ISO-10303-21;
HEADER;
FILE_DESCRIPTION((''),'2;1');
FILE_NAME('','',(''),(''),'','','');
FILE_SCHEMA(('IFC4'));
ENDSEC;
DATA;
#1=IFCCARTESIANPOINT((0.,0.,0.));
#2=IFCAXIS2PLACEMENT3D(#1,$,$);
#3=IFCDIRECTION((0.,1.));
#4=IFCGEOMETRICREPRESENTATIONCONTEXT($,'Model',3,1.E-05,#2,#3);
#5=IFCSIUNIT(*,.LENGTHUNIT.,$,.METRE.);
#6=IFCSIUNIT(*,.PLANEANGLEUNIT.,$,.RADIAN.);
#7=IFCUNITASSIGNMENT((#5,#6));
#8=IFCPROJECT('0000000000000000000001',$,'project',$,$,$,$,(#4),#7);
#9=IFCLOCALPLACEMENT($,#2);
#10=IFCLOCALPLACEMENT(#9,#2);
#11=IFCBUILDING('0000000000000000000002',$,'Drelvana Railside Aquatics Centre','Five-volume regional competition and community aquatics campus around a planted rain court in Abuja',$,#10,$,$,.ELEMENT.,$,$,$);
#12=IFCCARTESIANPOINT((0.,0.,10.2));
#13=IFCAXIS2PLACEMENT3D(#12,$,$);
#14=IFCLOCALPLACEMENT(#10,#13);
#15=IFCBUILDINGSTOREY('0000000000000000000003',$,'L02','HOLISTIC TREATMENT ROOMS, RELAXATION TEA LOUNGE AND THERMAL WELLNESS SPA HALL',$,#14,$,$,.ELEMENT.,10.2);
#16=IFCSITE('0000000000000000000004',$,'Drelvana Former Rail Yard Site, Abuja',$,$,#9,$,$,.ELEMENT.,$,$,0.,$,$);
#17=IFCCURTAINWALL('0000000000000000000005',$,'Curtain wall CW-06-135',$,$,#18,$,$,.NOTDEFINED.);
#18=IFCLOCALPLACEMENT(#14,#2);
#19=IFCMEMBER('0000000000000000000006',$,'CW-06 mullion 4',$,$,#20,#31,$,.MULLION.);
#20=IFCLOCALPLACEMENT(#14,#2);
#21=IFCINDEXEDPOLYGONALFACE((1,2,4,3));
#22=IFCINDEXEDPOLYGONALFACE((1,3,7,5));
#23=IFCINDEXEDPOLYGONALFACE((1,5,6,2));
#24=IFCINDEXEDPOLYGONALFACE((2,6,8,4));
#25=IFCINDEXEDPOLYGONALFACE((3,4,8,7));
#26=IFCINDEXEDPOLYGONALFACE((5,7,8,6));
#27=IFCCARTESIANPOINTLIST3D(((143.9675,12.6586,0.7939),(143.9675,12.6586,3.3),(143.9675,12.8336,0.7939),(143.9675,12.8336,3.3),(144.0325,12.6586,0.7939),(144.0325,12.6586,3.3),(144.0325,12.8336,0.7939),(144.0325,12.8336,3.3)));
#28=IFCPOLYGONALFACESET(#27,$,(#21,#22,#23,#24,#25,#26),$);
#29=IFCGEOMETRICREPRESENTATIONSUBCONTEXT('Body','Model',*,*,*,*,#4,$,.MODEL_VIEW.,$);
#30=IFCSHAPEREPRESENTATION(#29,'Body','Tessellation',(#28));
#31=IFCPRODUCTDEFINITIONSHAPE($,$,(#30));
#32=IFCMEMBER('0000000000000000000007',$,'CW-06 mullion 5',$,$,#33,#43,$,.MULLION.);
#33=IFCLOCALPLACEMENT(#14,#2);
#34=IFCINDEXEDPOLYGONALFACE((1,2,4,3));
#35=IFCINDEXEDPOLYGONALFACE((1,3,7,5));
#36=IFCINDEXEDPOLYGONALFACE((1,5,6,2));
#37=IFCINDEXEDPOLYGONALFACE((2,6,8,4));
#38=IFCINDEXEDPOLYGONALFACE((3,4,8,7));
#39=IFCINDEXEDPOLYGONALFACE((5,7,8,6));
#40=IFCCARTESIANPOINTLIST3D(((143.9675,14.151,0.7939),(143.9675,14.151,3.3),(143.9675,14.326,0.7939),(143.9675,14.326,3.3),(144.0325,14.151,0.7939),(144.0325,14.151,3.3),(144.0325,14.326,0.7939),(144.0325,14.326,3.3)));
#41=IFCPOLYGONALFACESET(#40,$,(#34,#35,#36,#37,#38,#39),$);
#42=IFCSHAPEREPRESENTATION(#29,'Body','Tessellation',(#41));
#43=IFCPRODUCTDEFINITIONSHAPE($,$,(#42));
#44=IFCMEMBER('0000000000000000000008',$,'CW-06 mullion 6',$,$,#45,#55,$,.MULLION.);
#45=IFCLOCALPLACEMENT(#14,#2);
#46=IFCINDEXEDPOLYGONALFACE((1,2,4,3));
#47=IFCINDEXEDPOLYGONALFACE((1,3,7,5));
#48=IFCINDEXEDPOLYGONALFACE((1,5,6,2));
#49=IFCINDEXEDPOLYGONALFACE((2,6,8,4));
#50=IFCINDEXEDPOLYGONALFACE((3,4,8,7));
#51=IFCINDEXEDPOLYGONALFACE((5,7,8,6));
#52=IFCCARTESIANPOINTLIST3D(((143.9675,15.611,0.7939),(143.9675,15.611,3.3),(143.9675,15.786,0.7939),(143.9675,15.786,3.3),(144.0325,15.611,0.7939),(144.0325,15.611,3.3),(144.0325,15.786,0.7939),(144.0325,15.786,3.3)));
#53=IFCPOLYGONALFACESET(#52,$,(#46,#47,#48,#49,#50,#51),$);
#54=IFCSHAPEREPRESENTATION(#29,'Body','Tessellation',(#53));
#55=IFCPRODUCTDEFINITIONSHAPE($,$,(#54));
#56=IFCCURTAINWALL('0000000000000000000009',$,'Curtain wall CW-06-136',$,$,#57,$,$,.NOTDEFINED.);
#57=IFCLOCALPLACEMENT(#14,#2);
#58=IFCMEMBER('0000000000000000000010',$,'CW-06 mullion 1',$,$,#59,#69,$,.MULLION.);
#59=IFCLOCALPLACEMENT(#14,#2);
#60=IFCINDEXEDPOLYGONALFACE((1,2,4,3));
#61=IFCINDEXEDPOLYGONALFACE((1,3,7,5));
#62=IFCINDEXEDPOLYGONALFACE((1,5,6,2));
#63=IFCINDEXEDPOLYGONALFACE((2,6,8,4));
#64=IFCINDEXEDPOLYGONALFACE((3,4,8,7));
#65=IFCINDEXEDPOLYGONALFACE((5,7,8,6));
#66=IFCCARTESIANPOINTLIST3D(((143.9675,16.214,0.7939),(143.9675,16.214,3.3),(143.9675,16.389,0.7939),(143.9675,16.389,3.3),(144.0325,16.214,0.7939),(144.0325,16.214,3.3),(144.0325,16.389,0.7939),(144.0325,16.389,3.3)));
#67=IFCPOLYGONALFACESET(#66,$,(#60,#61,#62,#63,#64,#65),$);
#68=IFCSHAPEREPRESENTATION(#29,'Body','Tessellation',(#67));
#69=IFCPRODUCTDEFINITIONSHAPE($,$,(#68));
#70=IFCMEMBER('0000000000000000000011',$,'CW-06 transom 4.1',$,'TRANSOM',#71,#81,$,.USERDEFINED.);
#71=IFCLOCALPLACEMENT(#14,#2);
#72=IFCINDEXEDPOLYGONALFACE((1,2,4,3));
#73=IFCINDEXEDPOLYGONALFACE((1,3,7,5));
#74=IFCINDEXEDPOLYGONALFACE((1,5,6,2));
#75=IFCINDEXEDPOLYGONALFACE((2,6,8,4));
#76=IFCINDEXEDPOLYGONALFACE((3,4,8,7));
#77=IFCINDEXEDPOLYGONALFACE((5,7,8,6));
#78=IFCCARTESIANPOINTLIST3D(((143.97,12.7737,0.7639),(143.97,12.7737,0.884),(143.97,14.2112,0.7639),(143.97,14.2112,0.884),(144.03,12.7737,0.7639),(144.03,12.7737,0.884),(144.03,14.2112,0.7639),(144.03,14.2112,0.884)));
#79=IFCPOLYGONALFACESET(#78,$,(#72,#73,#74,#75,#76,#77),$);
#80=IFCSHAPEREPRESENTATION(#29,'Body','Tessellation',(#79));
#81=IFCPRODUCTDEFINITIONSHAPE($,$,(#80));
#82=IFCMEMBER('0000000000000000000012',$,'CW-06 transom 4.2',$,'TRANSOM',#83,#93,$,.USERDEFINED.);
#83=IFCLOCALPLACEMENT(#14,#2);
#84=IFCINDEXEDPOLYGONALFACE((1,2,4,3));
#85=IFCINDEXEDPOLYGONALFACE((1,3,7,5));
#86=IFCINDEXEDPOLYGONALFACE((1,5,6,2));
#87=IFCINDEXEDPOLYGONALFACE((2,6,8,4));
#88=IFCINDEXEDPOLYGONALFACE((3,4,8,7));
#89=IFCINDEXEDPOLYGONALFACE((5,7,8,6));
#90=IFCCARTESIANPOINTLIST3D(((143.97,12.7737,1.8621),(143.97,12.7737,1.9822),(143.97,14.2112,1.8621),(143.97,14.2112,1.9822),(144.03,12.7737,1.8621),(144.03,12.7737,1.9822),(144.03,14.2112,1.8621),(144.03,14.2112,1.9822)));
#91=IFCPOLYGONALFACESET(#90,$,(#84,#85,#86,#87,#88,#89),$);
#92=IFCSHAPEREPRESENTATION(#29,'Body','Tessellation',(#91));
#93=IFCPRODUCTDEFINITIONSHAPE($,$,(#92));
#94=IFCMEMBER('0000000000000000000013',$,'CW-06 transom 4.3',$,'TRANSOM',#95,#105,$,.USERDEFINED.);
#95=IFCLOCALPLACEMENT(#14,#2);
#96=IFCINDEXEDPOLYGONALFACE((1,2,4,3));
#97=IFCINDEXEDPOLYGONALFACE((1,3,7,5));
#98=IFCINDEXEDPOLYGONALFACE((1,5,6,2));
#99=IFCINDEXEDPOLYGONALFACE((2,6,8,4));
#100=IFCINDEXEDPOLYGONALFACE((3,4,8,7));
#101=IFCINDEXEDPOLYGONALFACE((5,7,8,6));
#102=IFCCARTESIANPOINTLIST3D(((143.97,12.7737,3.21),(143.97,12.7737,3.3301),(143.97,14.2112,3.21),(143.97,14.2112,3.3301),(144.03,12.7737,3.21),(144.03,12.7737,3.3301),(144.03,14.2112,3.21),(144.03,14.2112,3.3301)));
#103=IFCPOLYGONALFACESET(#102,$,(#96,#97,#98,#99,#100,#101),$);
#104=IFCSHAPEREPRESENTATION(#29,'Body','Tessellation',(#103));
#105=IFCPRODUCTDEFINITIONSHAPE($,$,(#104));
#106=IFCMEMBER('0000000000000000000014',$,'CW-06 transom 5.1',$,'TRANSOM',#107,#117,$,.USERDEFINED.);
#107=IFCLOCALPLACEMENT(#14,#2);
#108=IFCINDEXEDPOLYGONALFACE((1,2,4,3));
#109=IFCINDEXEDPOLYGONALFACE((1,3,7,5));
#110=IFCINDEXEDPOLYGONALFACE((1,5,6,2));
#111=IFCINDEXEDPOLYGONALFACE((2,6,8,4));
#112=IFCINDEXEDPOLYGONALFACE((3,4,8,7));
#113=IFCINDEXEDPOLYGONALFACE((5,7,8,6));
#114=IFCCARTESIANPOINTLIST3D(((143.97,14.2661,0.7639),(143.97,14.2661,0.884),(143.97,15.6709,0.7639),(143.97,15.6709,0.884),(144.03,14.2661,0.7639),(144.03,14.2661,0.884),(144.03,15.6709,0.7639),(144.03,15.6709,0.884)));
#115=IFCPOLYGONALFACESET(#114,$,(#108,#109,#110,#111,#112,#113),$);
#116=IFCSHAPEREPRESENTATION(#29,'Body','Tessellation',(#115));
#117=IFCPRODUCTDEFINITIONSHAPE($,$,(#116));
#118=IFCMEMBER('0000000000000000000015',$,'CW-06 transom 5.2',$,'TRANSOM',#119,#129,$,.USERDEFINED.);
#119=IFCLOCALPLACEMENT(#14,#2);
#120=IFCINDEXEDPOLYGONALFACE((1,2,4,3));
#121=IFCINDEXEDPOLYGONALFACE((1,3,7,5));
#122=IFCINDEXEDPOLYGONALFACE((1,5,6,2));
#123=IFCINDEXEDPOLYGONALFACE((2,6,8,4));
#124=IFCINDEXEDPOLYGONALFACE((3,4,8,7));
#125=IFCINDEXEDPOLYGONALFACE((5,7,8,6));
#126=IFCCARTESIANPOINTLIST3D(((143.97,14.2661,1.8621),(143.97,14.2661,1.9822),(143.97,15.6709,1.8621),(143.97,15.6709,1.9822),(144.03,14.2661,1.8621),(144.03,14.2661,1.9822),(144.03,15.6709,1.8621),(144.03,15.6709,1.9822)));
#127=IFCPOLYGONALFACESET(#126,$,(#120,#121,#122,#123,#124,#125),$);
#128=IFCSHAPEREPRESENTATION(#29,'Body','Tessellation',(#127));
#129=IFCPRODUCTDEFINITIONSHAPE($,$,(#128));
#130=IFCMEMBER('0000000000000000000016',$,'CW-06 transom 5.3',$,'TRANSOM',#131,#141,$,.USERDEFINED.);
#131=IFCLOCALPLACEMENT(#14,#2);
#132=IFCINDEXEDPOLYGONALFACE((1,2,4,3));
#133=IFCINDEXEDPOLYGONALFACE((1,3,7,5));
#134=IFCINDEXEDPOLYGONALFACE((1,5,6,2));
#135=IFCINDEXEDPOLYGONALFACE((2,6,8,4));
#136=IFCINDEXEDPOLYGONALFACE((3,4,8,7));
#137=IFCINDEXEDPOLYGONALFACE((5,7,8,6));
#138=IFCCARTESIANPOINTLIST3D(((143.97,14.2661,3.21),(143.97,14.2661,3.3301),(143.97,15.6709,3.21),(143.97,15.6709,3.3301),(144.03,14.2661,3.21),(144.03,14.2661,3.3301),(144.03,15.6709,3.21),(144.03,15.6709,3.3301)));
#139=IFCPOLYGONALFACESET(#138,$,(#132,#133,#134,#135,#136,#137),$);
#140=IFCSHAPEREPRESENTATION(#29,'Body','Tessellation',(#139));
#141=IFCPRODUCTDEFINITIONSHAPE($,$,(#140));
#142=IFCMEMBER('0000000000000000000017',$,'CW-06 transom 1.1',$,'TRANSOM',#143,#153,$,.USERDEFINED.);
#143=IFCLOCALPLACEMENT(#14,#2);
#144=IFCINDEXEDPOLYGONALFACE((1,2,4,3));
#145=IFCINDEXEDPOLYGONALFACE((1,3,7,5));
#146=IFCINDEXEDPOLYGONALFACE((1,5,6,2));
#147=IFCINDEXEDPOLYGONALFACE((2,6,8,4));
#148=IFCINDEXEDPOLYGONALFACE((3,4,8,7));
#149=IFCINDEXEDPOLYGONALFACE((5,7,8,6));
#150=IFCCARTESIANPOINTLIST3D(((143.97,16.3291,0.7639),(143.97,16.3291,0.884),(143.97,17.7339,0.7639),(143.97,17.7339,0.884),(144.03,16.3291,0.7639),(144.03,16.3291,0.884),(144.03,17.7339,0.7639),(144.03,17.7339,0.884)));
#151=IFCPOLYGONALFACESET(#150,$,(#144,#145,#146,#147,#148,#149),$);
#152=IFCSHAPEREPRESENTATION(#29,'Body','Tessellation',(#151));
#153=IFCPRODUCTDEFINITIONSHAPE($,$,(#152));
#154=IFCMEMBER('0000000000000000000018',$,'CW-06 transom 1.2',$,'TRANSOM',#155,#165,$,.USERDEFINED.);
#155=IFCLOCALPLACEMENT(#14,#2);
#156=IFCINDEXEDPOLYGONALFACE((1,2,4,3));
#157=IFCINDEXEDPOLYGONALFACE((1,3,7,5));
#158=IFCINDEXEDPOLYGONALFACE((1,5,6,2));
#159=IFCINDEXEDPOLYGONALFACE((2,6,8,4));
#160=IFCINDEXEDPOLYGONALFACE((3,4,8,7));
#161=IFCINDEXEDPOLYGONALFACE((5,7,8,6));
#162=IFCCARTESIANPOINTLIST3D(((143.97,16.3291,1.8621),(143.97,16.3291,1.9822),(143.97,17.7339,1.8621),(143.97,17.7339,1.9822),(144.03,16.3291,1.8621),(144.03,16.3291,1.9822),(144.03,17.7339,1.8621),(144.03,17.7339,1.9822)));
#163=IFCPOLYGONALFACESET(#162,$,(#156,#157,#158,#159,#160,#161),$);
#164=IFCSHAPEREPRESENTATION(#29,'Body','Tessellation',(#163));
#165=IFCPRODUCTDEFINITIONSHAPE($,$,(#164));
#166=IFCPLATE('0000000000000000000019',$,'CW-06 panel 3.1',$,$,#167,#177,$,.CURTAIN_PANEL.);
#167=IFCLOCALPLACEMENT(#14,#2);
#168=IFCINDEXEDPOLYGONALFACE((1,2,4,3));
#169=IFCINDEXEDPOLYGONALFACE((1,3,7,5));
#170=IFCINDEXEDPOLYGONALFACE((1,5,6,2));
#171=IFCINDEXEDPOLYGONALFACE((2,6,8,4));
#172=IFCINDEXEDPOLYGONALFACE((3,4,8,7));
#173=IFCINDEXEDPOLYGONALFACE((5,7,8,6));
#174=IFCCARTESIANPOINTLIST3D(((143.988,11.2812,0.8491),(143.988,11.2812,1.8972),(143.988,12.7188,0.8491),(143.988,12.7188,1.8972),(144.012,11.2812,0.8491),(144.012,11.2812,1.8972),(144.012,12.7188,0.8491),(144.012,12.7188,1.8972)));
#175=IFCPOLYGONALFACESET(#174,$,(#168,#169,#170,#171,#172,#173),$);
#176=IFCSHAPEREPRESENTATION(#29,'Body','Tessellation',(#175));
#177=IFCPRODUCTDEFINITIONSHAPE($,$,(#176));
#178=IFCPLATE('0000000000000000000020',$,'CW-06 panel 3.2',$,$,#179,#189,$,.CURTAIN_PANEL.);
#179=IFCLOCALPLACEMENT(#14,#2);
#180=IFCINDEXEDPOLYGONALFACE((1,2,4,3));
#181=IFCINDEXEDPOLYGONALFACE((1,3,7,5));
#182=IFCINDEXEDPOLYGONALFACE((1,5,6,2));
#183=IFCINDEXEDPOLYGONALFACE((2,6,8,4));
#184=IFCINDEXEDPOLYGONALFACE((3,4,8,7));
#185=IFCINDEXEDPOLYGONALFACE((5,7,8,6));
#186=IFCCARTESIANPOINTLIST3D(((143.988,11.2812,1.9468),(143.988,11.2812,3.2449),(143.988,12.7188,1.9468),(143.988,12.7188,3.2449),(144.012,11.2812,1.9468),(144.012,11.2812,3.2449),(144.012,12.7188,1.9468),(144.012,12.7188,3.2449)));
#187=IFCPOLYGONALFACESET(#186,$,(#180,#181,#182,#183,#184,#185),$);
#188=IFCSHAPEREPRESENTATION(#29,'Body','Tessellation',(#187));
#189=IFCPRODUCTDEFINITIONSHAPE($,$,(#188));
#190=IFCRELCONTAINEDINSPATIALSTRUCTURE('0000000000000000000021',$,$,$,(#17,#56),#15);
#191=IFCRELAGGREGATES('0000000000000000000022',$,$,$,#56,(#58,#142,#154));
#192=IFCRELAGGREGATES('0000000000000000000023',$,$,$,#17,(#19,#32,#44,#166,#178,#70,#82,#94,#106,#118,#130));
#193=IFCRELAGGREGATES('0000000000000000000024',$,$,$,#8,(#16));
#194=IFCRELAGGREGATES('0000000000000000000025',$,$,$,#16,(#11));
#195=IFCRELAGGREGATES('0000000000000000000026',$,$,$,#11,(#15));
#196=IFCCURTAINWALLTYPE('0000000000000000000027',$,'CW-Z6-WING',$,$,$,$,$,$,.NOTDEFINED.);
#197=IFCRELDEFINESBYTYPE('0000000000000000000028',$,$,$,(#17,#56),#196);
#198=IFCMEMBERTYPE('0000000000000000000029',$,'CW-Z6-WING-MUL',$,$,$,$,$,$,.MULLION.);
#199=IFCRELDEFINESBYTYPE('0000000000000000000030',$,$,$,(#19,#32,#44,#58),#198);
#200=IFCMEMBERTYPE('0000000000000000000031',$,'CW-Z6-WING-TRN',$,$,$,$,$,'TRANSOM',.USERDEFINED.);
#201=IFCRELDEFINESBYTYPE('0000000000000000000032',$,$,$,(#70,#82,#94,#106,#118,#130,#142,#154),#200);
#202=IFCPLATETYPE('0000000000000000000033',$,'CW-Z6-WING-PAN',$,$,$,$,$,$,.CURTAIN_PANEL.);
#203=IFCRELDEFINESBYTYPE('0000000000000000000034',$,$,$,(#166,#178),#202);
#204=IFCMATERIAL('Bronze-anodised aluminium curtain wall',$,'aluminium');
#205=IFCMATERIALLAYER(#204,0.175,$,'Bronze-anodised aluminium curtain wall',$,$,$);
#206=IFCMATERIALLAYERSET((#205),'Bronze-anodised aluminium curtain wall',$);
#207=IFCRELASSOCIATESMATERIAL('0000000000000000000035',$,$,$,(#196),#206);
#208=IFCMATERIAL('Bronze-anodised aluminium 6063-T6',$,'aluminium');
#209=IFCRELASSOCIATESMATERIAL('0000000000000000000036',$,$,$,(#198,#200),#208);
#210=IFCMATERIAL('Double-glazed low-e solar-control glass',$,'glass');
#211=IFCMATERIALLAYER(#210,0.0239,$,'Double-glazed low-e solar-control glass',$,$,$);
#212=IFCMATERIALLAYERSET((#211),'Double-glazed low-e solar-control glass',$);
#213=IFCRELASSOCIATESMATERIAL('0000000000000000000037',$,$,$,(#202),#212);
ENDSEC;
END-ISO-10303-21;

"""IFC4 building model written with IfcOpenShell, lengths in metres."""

from ifc_helpers import new_model, si_unit, direction, frame, origin, origin_2d, place, context, subcontext, project, spatial, rectangle, extrude, material, layer, layer_set, material_profile, profile_set, type_object, element, aggregate, save


model = new_model("IFC4")

# Units and contexts
model_context = context("Model", 3, precision=1e-05, world=origin(), true_north=direction((0.0, 1.0)))
body_context = subcontext(model_context, "Body", "Model", "MODEL_VIEW")
ifc_project = project(units=[si_unit("LENGTHUNIT", "METRE"), si_unit("PLANEANGLEUNIT", "RADIAN")], contexts=[model_context])

# Site, building, storey
site_placement = place(None, origin())
site = spatial("IfcSite", under=ifc_project, at=site_placement, Name="Drelvana Former Rail Yard Site, Abuja", CompositionType="ELEMENT", RefElevation=0.0)
building_placement = place(site_placement, origin())
building = spatial("IfcBuilding", under=site, at=building_placement, Name="Drelvana Railside Aquatics Centre", Description="Five-volume regional competition and community aquatics campus around a planted rain court in Abuja", CompositionType="ELEMENT")
storey_placement = place(building_placement, frame((0.0, 0.0, 10.2)))
storey = spatial("IfcBuildingStorey", under=building, at=storey_placement, Name="L02", Description="HOLISTIC TREATMENT ROOMS, RELAXATION TEA LOUNGE AND THERMAL WELLNESS SPA HALL", CompositionType="ELEMENT", Elevation=10.2)

# Curtain wall, members
ifc_material_1 = material(Name="Bronze-anodised aluminium curtain wall", Category="aluminium")
ifc_layer_1 = layer(ifc_material_1, 0.175, Name="Bronze-anodised aluminium curtain wall")
ifc_layer_set_1 = layer_set([ifc_layer_1], Name="Bronze-anodised aluminium curtain wall")
curtain_wall_type = type_object("IfcCurtainWallType", Name="CW-Z6-WING", PredefinedType="NOTDEFINED", material=ifc_layer_set_1)
curtain_wall_1_placement = place(storey_placement, origin())
curtain_wall_1 = element("IfcCurtainWall", 1, at=curtain_wall_1_placement, inside=storey, type_object=curtain_wall_type, Name="Curtain wall CW-06-135", PredefinedType="NOTDEFINED")
ifc_material_2 = material(Name="Bronze-anodised aluminium 6063-T6", Category="aluminium")
ifc_material_profile_1 = material_profile(ifc_material_2, rectangle(XDim=0.0649, YDim=0.175, at=origin_2d()), Name="ALU-M 65x175")
ifc_profile_set_1 = profile_set([ifc_material_profile_1], Name="Bronze-anodised aluminium 6063-T6")
member_type_1 = type_object("IfcMemberType", Name="CW-Z6-WING-MUL", PredefinedType="MULLION", material=ifc_profile_set_1)
member_1_placement = place(storey_placement, frame((144.0, 12.7461, 0.7939), z_axis=(0.0, 0.0, 1.0), x_axis=(-1.0, 0.0, 0.0)))
member_1 = element("IfcMember", 2, at=member_1_placement, type_object=member_type_1, Name="CW-06 mullion 4", PredefinedType="MULLION", context=body_context, shape_type="SweptSolid", body=[
    extrude(rectangle(XDim=0.0649, YDim=0.175, at=origin_2d()), origin(), (0.0, 0.0, 1.0), 2.5061),
])
member_2_placement = place(storey_placement, frame((144.0, 14.2385, 0.7939), z_axis=(0.0, 0.0, 1.0), x_axis=(-1.0, 0.0, 0.0)))
member_2 = element("IfcMember", 3, at=member_2_placement, type_object=member_type_1, Name="CW-06 mullion 5", PredefinedType="MULLION", context=body_context, shape_type="SweptSolid", body=[
    extrude(rectangle(XDim=0.0649, YDim=0.175, at=origin_2d()), origin(), (0.0, 0.0, 1.0), 2.5061),
])
member_3_placement = place(storey_placement, frame((144.0, 15.6985, 0.7939), z_axis=(0.0, 0.0, 1.0), x_axis=(-1.0, 0.0, 0.0)))
member_3 = element("IfcMember", 4, at=member_3_placement, type_object=member_type_1, Name="CW-06 mullion 6", PredefinedType="MULLION", context=body_context, shape_type="SweptSolid", body=[
    extrude(rectangle(XDim=0.0649, YDim=0.175, at=origin_2d()), origin(), (0.0, 0.0, 1.0), 2.5061),
])

# Curtain wall, member
curtain_wall_2_placement = place(storey_placement, origin())
curtain_wall_2 = element("IfcCurtainWall", 5, at=curtain_wall_2_placement, inside=storey, type_object=curtain_wall_type, Name="Curtain wall CW-06-136", PredefinedType="NOTDEFINED")
member_4_placement = place(storey_placement, frame((144.0, 16.3015, 0.7939), z_axis=(0.0, 0.0, 1.0), x_axis=(-1.0, 0.0, 0.0)))
member_4 = element("IfcMember", 6, at=member_4_placement, type_object=member_type_1, Name="CW-06 mullion 1", PredefinedType="MULLION", context=body_context, shape_type="SweptSolid", body=[
    extrude(rectangle(XDim=0.0649, YDim=0.175, at=origin_2d()), origin(), (0.0, 0.0, 1.0), 2.5061),
])

# Members
ifc_material_profile_2 = material_profile(ifc_material_2, rectangle(XDim=0.1201, YDim=0.0601, at=origin_2d()), Name="ALU-T 60x120")
ifc_profile_set_2 = profile_set([ifc_material_profile_2], Name="Bronze-anodised aluminium 6063-T6")
member_type_2 = type_object("IfcMemberType", Name="CW-Z6-WING-TRN", ElementType="TRANSOM", PredefinedType="USERDEFINED", material=ifc_profile_set_2)
member_5_placement = place(storey_placement, frame((144.0, 12.7737, 0.824), z_axis=(0.0, 1.0, 0.0), x_axis=(0.0, 0.0, 1.0)))
member_5 = element("IfcMember", 7, at=member_5_placement, type_object=member_type_2, Name="CW-06 transom 4.1", ObjectType="TRANSOM", PredefinedType="USERDEFINED", context=body_context, shape_type="SweptSolid", body=[
    extrude(rectangle(XDim=0.1201, YDim=0.0601, at=origin_2d()), origin(), (0.0, 0.0, 1.0), 1.4375),
])
member_6_placement = place(storey_placement, frame((144.0, 12.7737, 1.9221), z_axis=(0.0, 1.0, 0.0), x_axis=(0.0, 0.0, 1.0)))
member_6 = element("IfcMember", 8, at=member_6_placement, type_object=member_type_2, Name="CW-06 transom 4.2", ObjectType="TRANSOM", PredefinedType="USERDEFINED", context=body_context, shape_type="SweptSolid", body=[
    extrude(rectangle(XDim=0.1201, YDim=0.0601, at=origin_2d()), origin(), (0.0, 0.0, 1.0), 1.4375),
])
member_7_placement = place(storey_placement, frame((144.0, 12.7737, 3.27), z_axis=(0.0, 1.0, 0.0), x_axis=(0.0, 0.0, 1.0)))
member_7 = element("IfcMember", 9, at=member_7_placement, type_object=member_type_2, Name="CW-06 transom 4.3", ObjectType="TRANSOM", PredefinedType="USERDEFINED", context=body_context, shape_type="SweptSolid", body=[
    extrude(rectangle(XDim=0.1201, YDim=0.0601, at=origin_2d()), origin(), (0.0, 0.0, 1.0), 1.4375),
])
member_8_placement = place(storey_placement, frame((144.0, 14.2661, 0.824), z_axis=(0.0, 1.0, 0.0), x_axis=(0.0, 0.0, 1.0)))
member_8 = element("IfcMember", 10, at=member_8_placement, type_object=member_type_2, Name="CW-06 transom 5.1", ObjectType="TRANSOM", PredefinedType="USERDEFINED", context=body_context, shape_type="SweptSolid", body=[
    extrude(rectangle(XDim=0.1201, YDim=0.0601, at=origin_2d()), origin(), (0.0, 0.0, 1.0), 1.4048),
])
member_9_placement = place(storey_placement, frame((144.0, 14.2661, 1.9221), z_axis=(0.0, 1.0, 0.0), x_axis=(0.0, 0.0, 1.0)))
member_9 = element("IfcMember", 11, at=member_9_placement, type_object=member_type_2, Name="CW-06 transom 5.2", ObjectType="TRANSOM", PredefinedType="USERDEFINED", context=body_context, shape_type="SweptSolid", body=[
    extrude(rectangle(XDim=0.1201, YDim=0.0601, at=origin_2d()), origin(), (0.0, 0.0, 1.0), 1.4048),
])
member_10_placement = place(storey_placement, frame((144.0, 14.2661, 3.27), z_axis=(0.0, 1.0, 0.0), x_axis=(0.0, 0.0, 1.0)))
member_10 = element("IfcMember", 12, at=member_10_placement, type_object=member_type_2, Name="CW-06 transom 5.3", ObjectType="TRANSOM", PredefinedType="USERDEFINED", context=body_context, shape_type="SweptSolid", body=[
    extrude(rectangle(XDim=0.1201, YDim=0.0601, at=origin_2d()), origin(), (0.0, 0.0, 1.0), 1.4048),
])
member_11_placement = place(storey_placement, frame((144.0, 16.3291, 0.824), z_axis=(0.0, 1.0, 0.0), x_axis=(0.0, 0.0, 1.0)))
member_11 = element("IfcMember", 13, at=member_11_placement, type_object=member_type_2, Name="CW-06 transom 1.1", ObjectType="TRANSOM", PredefinedType="USERDEFINED", context=body_context, shape_type="SweptSolid", body=[
    extrude(rectangle(XDim=0.1201, YDim=0.0601, at=origin_2d()), origin(), (0.0, 0.0, 1.0), 1.4048),
])
member_12_placement = place(storey_placement, frame((144.0, 16.3291, 1.9221), z_axis=(0.0, 1.0, 0.0), x_axis=(0.0, 0.0, 1.0)))
member_12 = element("IfcMember", 14, at=member_12_placement, type_object=member_type_2, Name="CW-06 transom 1.2", ObjectType="TRANSOM", PredefinedType="USERDEFINED", context=body_context, shape_type="SweptSolid", body=[
    extrude(rectangle(XDim=0.1201, YDim=0.0601, at=origin_2d()), origin(), (0.0, 0.0, 1.0), 1.4048),
])
aggregate(curtain_wall_2, [member_4, member_11, member_12])

# Plates
ifc_material_3 = material(Name="Double-glazed low-e solar-control glass", Category="glass")
ifc_layer_2 = layer(ifc_material_3, 0.0239, Name="Double-glazed low-e solar-control glass")
ifc_layer_set_2 = layer_set([ifc_layer_2], Name="Double-glazed low-e solar-control glass")
plate_type = type_object("IfcPlateType", Name="CW-Z6-WING-PAN", PredefinedType="CURTAIN_PANEL", material=ifc_layer_set_2)
plate_1_placement = place(storey_placement, frame((144.0, 12.0, 0.8491), z_axis=(0.0, 0.0, 1.0), x_axis=(0.0, 1.0, 0.0)))
plate_1 = element("IfcPlate", 15, at=plate_1_placement, type_object=plate_type, Name="CW-06 panel 3.1", PredefinedType="CURTAIN_PANEL", context=body_context, shape_type="SweptSolid", body=[
    extrude(rectangle(XDim=1.4375, YDim=0.0239, at=origin_2d()), origin(), (0.0, 0.0, 1.0), 1.0481),
])
plate_2_placement = place(storey_placement, frame((144.0, 12.0, 1.9468), z_axis=(0.0, 0.0, 1.0), x_axis=(0.0, 1.0, 0.0)))
plate_2 = element("IfcPlate", 16, at=plate_2_placement, type_object=plate_type, Name="CW-06 panel 3.2", PredefinedType="CURTAIN_PANEL", context=body_context, shape_type="SweptSolid", body=[
    extrude(rectangle(XDim=1.4375, YDim=0.0239, at=origin_2d()), origin(), (0.0, 0.0, 1.0), 1.2981),
])
aggregate(curtain_wall_1, [member_1, member_2, member_3, plate_1, plate_2, member_5, member_6, member_7, member_8, member_9, member_10])

save(model, "model.ifc")
